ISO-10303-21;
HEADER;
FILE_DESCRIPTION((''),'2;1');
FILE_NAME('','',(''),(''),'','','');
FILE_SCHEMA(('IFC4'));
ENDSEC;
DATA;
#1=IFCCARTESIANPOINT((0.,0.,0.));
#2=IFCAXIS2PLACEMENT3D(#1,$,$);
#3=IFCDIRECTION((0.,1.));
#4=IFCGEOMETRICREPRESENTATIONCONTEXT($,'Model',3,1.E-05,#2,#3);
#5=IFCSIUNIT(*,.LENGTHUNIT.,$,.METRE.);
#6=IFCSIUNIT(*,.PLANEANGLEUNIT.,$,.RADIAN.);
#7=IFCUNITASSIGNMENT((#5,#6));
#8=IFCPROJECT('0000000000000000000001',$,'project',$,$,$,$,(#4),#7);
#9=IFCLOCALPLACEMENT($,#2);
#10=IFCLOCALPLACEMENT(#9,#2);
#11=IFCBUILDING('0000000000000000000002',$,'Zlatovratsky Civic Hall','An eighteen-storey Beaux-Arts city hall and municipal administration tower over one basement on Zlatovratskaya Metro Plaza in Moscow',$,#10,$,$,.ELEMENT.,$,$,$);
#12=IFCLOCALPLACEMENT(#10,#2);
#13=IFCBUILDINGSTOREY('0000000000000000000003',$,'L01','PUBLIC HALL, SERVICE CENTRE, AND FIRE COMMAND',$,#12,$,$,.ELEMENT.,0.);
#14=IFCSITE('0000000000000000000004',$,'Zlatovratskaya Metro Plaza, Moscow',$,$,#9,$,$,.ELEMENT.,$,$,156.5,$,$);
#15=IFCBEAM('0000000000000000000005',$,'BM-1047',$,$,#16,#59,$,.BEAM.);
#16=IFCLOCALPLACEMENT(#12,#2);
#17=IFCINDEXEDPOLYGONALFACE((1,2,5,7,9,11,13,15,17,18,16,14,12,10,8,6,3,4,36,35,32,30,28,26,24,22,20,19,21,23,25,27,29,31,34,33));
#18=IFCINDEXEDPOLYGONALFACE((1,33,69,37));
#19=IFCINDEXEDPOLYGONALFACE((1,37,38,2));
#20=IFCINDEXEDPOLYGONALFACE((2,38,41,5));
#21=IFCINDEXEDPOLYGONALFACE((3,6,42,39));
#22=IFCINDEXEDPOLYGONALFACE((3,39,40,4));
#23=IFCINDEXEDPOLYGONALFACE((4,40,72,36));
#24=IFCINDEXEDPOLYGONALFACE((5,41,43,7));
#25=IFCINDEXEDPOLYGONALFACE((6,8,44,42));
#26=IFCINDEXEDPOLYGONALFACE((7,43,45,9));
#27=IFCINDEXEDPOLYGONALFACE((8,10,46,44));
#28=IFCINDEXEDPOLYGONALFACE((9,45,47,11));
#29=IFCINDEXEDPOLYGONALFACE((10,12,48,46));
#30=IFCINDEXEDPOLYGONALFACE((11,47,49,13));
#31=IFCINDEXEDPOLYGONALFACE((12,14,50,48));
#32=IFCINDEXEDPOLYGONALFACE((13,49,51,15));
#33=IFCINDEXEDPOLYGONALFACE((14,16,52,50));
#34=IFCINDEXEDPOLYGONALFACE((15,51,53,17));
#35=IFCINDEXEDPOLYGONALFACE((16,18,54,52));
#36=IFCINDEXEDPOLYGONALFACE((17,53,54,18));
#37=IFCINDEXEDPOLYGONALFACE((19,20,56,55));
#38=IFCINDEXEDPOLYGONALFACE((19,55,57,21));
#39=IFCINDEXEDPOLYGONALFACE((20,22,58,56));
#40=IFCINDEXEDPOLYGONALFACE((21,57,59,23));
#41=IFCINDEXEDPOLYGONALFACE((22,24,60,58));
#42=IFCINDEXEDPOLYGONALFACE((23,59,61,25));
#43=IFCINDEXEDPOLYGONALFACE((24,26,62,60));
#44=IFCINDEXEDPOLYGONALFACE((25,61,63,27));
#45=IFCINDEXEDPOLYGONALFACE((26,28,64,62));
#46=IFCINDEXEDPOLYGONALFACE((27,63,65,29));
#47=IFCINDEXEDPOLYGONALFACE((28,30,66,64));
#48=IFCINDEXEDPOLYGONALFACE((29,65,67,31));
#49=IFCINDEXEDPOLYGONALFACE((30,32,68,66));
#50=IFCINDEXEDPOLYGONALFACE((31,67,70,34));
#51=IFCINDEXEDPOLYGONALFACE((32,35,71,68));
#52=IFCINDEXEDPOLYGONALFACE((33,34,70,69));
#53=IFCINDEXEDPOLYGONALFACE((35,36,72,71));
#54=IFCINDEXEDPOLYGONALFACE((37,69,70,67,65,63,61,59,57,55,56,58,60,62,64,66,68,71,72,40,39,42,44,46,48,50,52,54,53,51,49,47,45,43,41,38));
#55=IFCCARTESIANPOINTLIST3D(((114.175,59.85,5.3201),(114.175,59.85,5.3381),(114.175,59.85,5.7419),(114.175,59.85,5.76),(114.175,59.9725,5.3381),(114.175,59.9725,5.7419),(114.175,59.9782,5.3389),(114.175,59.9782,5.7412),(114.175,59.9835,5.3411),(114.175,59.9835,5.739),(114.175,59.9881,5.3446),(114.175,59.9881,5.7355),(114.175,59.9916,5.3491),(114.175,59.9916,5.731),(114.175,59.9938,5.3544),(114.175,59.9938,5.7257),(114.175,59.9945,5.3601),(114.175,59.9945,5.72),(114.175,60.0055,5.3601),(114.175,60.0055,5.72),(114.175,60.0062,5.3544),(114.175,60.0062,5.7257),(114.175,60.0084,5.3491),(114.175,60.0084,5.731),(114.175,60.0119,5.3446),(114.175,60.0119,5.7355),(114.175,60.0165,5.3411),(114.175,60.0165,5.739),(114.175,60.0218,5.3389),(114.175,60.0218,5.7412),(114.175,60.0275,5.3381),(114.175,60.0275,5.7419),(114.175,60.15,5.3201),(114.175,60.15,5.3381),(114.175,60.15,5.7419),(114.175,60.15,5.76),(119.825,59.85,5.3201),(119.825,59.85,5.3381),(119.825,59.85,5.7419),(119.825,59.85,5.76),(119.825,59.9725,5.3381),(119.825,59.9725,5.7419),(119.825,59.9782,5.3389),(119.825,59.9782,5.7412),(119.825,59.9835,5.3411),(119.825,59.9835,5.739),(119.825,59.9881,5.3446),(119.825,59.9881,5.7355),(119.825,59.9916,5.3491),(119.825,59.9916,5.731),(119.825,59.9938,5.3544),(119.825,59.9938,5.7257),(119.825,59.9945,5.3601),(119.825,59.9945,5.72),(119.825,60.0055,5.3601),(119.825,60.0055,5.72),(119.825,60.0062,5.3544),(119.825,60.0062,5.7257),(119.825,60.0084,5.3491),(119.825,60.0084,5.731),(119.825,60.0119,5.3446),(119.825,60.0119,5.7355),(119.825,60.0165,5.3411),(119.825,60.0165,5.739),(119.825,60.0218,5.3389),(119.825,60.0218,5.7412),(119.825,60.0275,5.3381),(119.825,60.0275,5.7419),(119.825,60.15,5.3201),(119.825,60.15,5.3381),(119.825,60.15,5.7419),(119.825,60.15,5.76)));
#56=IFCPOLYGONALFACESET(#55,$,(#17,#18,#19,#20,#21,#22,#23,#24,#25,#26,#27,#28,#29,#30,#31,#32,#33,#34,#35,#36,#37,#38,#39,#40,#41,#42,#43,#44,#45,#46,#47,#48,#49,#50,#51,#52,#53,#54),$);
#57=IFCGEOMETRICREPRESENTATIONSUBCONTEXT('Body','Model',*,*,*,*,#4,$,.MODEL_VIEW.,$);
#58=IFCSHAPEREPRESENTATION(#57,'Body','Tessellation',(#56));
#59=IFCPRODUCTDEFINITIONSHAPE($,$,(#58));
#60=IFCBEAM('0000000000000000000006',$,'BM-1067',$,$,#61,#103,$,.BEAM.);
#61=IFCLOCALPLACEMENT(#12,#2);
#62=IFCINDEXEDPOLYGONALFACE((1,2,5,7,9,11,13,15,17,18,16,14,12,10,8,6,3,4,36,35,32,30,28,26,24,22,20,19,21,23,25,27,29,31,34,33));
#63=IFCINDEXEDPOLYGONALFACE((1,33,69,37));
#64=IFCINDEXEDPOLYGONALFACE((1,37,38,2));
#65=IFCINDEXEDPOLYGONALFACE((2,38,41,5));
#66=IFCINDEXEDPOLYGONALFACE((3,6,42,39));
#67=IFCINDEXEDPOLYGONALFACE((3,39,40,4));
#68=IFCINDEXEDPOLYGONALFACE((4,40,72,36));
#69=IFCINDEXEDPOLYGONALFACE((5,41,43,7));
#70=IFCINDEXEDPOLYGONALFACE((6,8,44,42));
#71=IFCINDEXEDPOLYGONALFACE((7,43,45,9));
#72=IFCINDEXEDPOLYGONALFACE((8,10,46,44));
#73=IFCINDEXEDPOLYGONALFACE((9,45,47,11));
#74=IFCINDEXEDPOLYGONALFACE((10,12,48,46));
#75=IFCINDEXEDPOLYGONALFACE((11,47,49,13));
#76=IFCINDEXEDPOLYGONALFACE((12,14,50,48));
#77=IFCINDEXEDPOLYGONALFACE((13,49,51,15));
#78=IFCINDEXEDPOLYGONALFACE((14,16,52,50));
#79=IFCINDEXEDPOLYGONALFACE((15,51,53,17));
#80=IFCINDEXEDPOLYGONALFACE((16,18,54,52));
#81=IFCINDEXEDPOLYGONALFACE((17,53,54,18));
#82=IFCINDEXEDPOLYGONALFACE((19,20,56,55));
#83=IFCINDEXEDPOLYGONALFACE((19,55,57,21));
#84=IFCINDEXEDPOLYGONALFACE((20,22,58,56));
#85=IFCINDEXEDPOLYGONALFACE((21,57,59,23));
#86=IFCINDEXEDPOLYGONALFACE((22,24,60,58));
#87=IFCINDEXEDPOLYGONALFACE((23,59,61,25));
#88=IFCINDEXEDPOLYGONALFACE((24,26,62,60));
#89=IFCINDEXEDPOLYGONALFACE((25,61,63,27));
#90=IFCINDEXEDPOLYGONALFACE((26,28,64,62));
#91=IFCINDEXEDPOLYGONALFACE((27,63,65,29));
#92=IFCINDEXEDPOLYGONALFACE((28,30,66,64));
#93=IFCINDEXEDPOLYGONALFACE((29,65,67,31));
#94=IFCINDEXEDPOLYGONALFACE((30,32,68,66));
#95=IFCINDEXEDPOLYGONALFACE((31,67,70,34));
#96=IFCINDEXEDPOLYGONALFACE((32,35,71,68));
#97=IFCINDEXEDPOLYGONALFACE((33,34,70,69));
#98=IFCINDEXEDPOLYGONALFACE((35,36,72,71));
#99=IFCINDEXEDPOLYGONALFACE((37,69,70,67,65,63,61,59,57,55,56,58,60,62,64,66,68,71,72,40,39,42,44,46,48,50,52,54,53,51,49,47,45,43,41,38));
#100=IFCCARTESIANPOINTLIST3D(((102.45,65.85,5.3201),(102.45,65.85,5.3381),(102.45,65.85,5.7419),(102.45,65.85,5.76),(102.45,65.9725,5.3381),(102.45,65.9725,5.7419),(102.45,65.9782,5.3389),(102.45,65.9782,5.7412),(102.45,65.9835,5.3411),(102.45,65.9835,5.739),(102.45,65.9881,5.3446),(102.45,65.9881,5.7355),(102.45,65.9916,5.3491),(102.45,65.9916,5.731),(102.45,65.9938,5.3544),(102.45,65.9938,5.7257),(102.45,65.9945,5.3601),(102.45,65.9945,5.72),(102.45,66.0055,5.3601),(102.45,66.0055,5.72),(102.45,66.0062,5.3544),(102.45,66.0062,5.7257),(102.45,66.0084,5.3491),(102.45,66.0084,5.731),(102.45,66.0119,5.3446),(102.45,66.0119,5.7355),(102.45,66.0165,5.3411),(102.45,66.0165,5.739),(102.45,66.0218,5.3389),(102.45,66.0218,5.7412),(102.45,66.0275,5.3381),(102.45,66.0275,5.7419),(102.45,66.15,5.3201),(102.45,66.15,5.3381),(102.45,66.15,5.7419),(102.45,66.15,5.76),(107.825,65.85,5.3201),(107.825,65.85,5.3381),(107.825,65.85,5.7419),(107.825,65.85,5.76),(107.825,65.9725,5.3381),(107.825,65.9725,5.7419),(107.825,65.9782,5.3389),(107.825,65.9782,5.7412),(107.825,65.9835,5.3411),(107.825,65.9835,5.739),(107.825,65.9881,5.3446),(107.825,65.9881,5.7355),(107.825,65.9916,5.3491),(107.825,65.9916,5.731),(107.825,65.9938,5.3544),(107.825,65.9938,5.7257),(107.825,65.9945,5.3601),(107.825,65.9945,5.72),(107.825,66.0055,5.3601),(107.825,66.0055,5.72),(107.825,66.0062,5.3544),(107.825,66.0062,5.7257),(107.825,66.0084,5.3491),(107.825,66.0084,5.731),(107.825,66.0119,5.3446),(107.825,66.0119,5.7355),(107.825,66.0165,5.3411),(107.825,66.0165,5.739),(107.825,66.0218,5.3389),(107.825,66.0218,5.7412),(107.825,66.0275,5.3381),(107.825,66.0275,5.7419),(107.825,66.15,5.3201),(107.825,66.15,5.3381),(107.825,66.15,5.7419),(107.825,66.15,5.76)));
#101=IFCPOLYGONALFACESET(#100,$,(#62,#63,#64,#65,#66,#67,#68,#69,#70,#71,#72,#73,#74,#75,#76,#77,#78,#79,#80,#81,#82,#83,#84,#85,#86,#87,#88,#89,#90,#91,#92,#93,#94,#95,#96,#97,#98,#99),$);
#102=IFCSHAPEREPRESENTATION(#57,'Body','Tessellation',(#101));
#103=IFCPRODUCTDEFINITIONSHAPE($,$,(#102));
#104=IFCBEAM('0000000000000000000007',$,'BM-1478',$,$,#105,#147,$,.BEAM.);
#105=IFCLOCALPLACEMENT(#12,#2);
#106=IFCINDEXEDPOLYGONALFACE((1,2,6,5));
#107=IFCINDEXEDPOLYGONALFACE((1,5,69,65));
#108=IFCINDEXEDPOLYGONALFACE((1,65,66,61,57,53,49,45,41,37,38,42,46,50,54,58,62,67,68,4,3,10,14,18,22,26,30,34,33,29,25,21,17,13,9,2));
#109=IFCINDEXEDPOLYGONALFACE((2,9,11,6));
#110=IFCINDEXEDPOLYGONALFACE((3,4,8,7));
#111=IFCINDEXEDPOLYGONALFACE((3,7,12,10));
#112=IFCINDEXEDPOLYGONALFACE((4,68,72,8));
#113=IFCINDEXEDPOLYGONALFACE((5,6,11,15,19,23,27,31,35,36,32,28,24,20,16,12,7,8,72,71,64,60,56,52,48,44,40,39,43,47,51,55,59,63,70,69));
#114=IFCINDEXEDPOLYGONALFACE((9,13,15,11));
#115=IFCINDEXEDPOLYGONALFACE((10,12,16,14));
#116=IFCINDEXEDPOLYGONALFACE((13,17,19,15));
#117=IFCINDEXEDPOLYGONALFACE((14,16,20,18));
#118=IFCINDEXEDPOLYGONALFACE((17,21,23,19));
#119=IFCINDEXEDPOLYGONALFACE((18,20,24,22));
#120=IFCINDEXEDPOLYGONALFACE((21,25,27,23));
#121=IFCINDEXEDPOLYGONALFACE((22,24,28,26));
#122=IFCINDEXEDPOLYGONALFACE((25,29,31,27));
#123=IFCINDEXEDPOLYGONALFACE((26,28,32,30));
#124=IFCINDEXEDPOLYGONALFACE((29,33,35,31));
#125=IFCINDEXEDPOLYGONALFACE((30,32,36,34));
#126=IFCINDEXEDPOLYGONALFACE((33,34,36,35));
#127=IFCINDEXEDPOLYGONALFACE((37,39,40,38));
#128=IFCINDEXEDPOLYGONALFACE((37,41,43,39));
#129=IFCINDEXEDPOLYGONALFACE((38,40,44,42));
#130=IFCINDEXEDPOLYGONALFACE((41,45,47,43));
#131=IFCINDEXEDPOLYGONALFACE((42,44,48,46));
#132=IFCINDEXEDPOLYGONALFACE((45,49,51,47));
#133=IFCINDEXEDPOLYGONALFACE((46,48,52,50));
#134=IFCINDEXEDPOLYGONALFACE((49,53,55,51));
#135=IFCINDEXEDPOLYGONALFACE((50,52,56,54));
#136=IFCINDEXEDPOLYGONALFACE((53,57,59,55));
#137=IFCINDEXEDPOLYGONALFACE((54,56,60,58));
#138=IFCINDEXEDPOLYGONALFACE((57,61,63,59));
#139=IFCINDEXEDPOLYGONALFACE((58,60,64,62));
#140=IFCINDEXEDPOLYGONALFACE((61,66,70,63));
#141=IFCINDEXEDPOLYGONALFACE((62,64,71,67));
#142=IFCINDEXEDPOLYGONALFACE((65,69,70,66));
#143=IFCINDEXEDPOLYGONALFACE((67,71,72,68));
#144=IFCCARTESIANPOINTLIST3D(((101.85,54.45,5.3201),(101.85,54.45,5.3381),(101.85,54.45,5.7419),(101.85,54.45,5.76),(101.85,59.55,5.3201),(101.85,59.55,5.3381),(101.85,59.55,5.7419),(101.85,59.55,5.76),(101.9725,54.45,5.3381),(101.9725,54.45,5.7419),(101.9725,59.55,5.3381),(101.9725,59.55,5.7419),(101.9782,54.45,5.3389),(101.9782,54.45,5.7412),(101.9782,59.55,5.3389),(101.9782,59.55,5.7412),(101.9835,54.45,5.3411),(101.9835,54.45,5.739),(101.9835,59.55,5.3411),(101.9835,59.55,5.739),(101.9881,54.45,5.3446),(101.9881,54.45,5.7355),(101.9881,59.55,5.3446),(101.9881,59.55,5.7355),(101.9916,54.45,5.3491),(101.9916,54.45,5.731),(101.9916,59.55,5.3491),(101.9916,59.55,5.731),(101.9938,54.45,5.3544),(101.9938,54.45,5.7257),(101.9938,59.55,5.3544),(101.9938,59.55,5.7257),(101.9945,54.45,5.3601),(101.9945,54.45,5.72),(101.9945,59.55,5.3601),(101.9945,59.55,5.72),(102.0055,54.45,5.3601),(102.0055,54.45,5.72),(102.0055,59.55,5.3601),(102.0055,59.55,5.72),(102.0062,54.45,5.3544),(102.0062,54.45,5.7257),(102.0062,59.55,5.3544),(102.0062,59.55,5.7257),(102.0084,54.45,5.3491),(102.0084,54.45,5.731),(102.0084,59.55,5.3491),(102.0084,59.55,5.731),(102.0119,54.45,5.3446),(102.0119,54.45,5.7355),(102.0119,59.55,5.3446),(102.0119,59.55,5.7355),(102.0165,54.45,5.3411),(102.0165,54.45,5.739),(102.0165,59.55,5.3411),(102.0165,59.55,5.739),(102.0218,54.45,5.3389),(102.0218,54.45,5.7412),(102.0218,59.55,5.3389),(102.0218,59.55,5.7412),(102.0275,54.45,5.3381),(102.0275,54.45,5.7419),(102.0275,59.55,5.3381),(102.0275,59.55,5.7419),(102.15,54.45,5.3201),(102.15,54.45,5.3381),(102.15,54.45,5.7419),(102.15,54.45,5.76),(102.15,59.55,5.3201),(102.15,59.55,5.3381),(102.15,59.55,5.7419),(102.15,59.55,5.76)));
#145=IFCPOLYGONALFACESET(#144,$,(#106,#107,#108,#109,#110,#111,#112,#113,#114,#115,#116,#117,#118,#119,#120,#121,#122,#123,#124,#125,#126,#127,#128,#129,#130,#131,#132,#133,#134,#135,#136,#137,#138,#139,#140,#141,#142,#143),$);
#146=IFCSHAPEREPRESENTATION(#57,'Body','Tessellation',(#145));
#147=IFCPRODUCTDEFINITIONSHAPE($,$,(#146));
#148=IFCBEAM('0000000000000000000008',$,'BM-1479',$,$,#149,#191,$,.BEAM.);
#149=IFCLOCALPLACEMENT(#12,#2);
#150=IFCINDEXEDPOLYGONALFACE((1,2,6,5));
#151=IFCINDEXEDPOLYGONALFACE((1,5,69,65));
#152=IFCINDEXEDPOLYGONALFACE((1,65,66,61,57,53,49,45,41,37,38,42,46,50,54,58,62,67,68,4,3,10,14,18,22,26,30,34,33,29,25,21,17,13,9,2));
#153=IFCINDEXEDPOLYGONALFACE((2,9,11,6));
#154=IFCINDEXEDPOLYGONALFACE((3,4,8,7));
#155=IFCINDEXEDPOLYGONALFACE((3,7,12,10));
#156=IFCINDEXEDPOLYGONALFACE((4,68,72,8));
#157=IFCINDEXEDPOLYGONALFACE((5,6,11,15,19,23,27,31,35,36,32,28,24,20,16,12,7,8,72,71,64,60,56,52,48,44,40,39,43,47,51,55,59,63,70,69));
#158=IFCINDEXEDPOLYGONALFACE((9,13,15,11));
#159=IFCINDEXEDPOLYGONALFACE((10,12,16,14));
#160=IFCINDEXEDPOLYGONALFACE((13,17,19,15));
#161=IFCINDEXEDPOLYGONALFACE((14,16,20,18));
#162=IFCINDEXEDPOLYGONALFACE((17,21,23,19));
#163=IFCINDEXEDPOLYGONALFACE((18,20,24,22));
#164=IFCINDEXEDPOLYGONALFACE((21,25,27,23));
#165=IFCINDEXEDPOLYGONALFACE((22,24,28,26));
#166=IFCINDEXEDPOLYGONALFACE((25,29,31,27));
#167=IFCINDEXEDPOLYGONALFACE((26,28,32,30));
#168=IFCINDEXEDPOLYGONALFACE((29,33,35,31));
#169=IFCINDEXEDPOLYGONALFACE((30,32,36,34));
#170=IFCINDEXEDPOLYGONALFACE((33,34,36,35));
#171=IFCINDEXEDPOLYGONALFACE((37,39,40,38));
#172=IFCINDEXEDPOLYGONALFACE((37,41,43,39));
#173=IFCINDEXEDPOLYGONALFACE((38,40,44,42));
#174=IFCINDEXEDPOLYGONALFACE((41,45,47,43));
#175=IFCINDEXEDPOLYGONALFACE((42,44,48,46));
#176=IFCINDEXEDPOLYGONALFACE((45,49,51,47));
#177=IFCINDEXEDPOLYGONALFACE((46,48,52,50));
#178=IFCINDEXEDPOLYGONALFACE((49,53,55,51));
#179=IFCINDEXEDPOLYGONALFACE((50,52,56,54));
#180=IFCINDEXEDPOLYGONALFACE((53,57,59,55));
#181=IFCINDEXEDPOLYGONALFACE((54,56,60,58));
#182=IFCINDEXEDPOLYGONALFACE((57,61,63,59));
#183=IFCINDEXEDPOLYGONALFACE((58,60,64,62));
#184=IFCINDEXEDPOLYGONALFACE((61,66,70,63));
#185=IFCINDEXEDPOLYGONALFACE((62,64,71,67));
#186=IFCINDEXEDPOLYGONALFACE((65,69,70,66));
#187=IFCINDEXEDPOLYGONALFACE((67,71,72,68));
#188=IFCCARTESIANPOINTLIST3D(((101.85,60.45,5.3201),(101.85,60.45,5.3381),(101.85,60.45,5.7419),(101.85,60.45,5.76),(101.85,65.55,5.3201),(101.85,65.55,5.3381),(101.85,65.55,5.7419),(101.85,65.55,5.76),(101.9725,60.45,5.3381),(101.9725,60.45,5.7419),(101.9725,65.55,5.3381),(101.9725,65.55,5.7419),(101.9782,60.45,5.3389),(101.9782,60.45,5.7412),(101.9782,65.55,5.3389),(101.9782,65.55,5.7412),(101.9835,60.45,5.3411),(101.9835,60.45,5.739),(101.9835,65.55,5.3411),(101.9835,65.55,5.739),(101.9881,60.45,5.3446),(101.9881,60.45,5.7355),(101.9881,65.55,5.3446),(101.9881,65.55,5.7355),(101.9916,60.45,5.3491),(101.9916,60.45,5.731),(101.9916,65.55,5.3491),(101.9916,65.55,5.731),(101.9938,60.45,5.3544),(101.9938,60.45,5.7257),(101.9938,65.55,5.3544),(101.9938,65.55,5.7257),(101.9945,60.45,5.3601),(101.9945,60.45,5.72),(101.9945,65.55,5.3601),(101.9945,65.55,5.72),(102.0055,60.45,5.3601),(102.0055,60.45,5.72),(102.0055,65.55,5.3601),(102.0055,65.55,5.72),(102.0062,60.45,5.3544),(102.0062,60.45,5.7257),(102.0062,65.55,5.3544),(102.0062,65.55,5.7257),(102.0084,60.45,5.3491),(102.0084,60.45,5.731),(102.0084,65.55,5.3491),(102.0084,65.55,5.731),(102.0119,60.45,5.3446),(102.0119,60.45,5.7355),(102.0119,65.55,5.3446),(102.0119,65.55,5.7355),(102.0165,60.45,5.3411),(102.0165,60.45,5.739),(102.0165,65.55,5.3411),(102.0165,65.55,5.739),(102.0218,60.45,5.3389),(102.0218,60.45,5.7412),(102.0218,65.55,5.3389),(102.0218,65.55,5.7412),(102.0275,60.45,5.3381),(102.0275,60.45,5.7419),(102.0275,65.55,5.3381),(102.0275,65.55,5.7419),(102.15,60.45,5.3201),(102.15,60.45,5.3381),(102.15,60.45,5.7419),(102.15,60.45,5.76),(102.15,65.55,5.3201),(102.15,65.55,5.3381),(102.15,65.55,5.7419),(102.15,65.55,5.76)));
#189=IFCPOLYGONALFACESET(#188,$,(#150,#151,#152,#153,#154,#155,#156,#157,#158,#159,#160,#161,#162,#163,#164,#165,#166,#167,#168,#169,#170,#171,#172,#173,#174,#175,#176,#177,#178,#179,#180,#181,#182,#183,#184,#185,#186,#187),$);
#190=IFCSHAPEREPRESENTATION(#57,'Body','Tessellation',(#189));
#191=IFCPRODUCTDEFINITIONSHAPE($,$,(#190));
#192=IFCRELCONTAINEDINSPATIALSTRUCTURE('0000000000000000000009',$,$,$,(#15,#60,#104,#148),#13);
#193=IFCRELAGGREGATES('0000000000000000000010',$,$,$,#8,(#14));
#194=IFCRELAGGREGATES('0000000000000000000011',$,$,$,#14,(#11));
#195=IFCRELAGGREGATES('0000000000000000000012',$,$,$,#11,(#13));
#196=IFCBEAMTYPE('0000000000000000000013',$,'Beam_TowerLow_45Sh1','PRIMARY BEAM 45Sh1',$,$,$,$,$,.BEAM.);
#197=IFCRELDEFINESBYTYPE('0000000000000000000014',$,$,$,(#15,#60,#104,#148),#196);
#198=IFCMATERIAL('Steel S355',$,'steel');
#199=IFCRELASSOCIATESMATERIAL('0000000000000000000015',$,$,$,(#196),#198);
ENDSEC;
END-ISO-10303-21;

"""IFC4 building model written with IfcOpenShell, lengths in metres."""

from ifc_helpers import new_model, si_unit, direction, frame, origin, origin_2d, place, context, subcontext, project, spatial, i_section, extrude, material, material_profile, profile_set, type_object, element, save


model = new_model("IFC4")

# Units and contexts
model_context = context("Model", 3, precision=1e-05, world=origin(), true_north=direction((0.0, 1.0)))
body_context = subcontext(model_context, "Body", "Model", "MODEL_VIEW")
ifc_project = project(units=[si_unit("LENGTHUNIT", "METRE"), si_unit("PLANEANGLEUNIT", "RADIAN")], contexts=[model_context])

# Site, building, storey
site_placement = place(None, origin())
site = spatial("IfcSite", under=ifc_project, at=site_placement, Name="Zlatovratskaya Metro Plaza, Moscow", CompositionType="ELEMENT", RefElevation=156.5)
building_placement = place(site_placement, origin())
building = spatial("IfcBuilding", under=site, at=building_placement, Name="Zlatovratsky Civic Hall", Description="An eighteen-storey Beaux-Arts city hall and municipal administration tower over one basement on Zlatovratskaya Metro Plaza in Moscow", CompositionType="ELEMENT")
storey_placement = place(building_placement, origin())
storey = spatial("IfcBuildingStorey", under=building, at=storey_placement, Name="L01", Description="PUBLIC HALL, SERVICE CENTRE, AND FIRE COMMAND", CompositionType="ELEMENT", Elevation=0.0)

# Shared definitions
ifc_material_1 = material(Name="Steel S355", Category="steel")

# Beams
ifc_material_profile_1 = material_profile(ifc_material_1, i_section(OverallWidth=0.3, OverallDepth=0.4399, WebThickness=0.011, FlangeThickness=0.0181, FilletRadius=0.022, at=origin_2d()), Name="45Sh1")
ifc_profile_set_1 = profile_set([ifc_material_profile_1], Name="Steel S355")
beam_type = type_object("IfcBeamType", Name="Beam_TowerLow_45Sh1", Description="PRIMARY BEAM 45Sh1", PredefinedType="BEAM", material=ifc_profile_set_1)
for number, where, z_axis, x_axis, name in (
    (1, (114.175, 60.0, 5.54), (1.0, 0.0, 0.0), (0.0, 1.0, 0.0), "BM-1047"),
):
    element("IfcBeam", number, at=place(storey_placement, frame(where, z_axis=z_axis, x_axis=x_axis)), inside=storey, type_object=beam_type, Name=name, PredefinedType="BEAM", context=body_context, shape_type="SweptSolid", body=[
        extrude(i_section(OverallWidth=0.3, OverallDepth=0.4399, WebThickness=0.011, FlangeThickness=0.0181, FilletRadius=0.022, at=origin_2d()), origin(), (0.0, 0.0, 1.0), 5.6499),
    ])
beam_1_placement = place(storey_placement, frame((102.45, 66.0, 5.54), z_axis=(1.0, 0.0, 0.0), x_axis=(0.0, 1.0, 0.0)))
element("IfcBeam", 2, at=beam_1_placement, inside=storey, type_object=beam_type, Name="BM-1067", PredefinedType="BEAM", context=body_context, shape_type="SweptSolid", body=[
    extrude(i_section(OverallWidth=0.3, OverallDepth=0.4399, WebThickness=0.011, FlangeThickness=0.0181, FilletRadius=0.022, at=origin_2d()), origin(), (0.0, 0.0, 1.0), 5.375),
])
for number, where, z_axis, x_axis, name in (
    (3, (102.0, 54.45, 5.54), (0.0, 1.0, 0.0), (-1.0, 0.0, 0.0), "BM-1478"),
    (4, (102.0, 60.45, 5.54), (0.0, 1.0, 0.0), (-1.0, 0.0, 0.0), "BM-1479"),
):
    element("IfcBeam", number, at=place(storey_placement, frame(where, z_axis=z_axis, x_axis=x_axis)), inside=storey, type_object=beam_type, Name=name, PredefinedType="BEAM", context=body_context, shape_type="SweptSolid", body=[
        extrude(i_section(OverallWidth=0.3, OverallDepth=0.4399, WebThickness=0.011, FlangeThickness=0.0181, FilletRadius=0.022, at=origin_2d()), origin(), (0.0, 0.0, 1.0), 5.1001),
    ])

save(model, "model.ifc")
